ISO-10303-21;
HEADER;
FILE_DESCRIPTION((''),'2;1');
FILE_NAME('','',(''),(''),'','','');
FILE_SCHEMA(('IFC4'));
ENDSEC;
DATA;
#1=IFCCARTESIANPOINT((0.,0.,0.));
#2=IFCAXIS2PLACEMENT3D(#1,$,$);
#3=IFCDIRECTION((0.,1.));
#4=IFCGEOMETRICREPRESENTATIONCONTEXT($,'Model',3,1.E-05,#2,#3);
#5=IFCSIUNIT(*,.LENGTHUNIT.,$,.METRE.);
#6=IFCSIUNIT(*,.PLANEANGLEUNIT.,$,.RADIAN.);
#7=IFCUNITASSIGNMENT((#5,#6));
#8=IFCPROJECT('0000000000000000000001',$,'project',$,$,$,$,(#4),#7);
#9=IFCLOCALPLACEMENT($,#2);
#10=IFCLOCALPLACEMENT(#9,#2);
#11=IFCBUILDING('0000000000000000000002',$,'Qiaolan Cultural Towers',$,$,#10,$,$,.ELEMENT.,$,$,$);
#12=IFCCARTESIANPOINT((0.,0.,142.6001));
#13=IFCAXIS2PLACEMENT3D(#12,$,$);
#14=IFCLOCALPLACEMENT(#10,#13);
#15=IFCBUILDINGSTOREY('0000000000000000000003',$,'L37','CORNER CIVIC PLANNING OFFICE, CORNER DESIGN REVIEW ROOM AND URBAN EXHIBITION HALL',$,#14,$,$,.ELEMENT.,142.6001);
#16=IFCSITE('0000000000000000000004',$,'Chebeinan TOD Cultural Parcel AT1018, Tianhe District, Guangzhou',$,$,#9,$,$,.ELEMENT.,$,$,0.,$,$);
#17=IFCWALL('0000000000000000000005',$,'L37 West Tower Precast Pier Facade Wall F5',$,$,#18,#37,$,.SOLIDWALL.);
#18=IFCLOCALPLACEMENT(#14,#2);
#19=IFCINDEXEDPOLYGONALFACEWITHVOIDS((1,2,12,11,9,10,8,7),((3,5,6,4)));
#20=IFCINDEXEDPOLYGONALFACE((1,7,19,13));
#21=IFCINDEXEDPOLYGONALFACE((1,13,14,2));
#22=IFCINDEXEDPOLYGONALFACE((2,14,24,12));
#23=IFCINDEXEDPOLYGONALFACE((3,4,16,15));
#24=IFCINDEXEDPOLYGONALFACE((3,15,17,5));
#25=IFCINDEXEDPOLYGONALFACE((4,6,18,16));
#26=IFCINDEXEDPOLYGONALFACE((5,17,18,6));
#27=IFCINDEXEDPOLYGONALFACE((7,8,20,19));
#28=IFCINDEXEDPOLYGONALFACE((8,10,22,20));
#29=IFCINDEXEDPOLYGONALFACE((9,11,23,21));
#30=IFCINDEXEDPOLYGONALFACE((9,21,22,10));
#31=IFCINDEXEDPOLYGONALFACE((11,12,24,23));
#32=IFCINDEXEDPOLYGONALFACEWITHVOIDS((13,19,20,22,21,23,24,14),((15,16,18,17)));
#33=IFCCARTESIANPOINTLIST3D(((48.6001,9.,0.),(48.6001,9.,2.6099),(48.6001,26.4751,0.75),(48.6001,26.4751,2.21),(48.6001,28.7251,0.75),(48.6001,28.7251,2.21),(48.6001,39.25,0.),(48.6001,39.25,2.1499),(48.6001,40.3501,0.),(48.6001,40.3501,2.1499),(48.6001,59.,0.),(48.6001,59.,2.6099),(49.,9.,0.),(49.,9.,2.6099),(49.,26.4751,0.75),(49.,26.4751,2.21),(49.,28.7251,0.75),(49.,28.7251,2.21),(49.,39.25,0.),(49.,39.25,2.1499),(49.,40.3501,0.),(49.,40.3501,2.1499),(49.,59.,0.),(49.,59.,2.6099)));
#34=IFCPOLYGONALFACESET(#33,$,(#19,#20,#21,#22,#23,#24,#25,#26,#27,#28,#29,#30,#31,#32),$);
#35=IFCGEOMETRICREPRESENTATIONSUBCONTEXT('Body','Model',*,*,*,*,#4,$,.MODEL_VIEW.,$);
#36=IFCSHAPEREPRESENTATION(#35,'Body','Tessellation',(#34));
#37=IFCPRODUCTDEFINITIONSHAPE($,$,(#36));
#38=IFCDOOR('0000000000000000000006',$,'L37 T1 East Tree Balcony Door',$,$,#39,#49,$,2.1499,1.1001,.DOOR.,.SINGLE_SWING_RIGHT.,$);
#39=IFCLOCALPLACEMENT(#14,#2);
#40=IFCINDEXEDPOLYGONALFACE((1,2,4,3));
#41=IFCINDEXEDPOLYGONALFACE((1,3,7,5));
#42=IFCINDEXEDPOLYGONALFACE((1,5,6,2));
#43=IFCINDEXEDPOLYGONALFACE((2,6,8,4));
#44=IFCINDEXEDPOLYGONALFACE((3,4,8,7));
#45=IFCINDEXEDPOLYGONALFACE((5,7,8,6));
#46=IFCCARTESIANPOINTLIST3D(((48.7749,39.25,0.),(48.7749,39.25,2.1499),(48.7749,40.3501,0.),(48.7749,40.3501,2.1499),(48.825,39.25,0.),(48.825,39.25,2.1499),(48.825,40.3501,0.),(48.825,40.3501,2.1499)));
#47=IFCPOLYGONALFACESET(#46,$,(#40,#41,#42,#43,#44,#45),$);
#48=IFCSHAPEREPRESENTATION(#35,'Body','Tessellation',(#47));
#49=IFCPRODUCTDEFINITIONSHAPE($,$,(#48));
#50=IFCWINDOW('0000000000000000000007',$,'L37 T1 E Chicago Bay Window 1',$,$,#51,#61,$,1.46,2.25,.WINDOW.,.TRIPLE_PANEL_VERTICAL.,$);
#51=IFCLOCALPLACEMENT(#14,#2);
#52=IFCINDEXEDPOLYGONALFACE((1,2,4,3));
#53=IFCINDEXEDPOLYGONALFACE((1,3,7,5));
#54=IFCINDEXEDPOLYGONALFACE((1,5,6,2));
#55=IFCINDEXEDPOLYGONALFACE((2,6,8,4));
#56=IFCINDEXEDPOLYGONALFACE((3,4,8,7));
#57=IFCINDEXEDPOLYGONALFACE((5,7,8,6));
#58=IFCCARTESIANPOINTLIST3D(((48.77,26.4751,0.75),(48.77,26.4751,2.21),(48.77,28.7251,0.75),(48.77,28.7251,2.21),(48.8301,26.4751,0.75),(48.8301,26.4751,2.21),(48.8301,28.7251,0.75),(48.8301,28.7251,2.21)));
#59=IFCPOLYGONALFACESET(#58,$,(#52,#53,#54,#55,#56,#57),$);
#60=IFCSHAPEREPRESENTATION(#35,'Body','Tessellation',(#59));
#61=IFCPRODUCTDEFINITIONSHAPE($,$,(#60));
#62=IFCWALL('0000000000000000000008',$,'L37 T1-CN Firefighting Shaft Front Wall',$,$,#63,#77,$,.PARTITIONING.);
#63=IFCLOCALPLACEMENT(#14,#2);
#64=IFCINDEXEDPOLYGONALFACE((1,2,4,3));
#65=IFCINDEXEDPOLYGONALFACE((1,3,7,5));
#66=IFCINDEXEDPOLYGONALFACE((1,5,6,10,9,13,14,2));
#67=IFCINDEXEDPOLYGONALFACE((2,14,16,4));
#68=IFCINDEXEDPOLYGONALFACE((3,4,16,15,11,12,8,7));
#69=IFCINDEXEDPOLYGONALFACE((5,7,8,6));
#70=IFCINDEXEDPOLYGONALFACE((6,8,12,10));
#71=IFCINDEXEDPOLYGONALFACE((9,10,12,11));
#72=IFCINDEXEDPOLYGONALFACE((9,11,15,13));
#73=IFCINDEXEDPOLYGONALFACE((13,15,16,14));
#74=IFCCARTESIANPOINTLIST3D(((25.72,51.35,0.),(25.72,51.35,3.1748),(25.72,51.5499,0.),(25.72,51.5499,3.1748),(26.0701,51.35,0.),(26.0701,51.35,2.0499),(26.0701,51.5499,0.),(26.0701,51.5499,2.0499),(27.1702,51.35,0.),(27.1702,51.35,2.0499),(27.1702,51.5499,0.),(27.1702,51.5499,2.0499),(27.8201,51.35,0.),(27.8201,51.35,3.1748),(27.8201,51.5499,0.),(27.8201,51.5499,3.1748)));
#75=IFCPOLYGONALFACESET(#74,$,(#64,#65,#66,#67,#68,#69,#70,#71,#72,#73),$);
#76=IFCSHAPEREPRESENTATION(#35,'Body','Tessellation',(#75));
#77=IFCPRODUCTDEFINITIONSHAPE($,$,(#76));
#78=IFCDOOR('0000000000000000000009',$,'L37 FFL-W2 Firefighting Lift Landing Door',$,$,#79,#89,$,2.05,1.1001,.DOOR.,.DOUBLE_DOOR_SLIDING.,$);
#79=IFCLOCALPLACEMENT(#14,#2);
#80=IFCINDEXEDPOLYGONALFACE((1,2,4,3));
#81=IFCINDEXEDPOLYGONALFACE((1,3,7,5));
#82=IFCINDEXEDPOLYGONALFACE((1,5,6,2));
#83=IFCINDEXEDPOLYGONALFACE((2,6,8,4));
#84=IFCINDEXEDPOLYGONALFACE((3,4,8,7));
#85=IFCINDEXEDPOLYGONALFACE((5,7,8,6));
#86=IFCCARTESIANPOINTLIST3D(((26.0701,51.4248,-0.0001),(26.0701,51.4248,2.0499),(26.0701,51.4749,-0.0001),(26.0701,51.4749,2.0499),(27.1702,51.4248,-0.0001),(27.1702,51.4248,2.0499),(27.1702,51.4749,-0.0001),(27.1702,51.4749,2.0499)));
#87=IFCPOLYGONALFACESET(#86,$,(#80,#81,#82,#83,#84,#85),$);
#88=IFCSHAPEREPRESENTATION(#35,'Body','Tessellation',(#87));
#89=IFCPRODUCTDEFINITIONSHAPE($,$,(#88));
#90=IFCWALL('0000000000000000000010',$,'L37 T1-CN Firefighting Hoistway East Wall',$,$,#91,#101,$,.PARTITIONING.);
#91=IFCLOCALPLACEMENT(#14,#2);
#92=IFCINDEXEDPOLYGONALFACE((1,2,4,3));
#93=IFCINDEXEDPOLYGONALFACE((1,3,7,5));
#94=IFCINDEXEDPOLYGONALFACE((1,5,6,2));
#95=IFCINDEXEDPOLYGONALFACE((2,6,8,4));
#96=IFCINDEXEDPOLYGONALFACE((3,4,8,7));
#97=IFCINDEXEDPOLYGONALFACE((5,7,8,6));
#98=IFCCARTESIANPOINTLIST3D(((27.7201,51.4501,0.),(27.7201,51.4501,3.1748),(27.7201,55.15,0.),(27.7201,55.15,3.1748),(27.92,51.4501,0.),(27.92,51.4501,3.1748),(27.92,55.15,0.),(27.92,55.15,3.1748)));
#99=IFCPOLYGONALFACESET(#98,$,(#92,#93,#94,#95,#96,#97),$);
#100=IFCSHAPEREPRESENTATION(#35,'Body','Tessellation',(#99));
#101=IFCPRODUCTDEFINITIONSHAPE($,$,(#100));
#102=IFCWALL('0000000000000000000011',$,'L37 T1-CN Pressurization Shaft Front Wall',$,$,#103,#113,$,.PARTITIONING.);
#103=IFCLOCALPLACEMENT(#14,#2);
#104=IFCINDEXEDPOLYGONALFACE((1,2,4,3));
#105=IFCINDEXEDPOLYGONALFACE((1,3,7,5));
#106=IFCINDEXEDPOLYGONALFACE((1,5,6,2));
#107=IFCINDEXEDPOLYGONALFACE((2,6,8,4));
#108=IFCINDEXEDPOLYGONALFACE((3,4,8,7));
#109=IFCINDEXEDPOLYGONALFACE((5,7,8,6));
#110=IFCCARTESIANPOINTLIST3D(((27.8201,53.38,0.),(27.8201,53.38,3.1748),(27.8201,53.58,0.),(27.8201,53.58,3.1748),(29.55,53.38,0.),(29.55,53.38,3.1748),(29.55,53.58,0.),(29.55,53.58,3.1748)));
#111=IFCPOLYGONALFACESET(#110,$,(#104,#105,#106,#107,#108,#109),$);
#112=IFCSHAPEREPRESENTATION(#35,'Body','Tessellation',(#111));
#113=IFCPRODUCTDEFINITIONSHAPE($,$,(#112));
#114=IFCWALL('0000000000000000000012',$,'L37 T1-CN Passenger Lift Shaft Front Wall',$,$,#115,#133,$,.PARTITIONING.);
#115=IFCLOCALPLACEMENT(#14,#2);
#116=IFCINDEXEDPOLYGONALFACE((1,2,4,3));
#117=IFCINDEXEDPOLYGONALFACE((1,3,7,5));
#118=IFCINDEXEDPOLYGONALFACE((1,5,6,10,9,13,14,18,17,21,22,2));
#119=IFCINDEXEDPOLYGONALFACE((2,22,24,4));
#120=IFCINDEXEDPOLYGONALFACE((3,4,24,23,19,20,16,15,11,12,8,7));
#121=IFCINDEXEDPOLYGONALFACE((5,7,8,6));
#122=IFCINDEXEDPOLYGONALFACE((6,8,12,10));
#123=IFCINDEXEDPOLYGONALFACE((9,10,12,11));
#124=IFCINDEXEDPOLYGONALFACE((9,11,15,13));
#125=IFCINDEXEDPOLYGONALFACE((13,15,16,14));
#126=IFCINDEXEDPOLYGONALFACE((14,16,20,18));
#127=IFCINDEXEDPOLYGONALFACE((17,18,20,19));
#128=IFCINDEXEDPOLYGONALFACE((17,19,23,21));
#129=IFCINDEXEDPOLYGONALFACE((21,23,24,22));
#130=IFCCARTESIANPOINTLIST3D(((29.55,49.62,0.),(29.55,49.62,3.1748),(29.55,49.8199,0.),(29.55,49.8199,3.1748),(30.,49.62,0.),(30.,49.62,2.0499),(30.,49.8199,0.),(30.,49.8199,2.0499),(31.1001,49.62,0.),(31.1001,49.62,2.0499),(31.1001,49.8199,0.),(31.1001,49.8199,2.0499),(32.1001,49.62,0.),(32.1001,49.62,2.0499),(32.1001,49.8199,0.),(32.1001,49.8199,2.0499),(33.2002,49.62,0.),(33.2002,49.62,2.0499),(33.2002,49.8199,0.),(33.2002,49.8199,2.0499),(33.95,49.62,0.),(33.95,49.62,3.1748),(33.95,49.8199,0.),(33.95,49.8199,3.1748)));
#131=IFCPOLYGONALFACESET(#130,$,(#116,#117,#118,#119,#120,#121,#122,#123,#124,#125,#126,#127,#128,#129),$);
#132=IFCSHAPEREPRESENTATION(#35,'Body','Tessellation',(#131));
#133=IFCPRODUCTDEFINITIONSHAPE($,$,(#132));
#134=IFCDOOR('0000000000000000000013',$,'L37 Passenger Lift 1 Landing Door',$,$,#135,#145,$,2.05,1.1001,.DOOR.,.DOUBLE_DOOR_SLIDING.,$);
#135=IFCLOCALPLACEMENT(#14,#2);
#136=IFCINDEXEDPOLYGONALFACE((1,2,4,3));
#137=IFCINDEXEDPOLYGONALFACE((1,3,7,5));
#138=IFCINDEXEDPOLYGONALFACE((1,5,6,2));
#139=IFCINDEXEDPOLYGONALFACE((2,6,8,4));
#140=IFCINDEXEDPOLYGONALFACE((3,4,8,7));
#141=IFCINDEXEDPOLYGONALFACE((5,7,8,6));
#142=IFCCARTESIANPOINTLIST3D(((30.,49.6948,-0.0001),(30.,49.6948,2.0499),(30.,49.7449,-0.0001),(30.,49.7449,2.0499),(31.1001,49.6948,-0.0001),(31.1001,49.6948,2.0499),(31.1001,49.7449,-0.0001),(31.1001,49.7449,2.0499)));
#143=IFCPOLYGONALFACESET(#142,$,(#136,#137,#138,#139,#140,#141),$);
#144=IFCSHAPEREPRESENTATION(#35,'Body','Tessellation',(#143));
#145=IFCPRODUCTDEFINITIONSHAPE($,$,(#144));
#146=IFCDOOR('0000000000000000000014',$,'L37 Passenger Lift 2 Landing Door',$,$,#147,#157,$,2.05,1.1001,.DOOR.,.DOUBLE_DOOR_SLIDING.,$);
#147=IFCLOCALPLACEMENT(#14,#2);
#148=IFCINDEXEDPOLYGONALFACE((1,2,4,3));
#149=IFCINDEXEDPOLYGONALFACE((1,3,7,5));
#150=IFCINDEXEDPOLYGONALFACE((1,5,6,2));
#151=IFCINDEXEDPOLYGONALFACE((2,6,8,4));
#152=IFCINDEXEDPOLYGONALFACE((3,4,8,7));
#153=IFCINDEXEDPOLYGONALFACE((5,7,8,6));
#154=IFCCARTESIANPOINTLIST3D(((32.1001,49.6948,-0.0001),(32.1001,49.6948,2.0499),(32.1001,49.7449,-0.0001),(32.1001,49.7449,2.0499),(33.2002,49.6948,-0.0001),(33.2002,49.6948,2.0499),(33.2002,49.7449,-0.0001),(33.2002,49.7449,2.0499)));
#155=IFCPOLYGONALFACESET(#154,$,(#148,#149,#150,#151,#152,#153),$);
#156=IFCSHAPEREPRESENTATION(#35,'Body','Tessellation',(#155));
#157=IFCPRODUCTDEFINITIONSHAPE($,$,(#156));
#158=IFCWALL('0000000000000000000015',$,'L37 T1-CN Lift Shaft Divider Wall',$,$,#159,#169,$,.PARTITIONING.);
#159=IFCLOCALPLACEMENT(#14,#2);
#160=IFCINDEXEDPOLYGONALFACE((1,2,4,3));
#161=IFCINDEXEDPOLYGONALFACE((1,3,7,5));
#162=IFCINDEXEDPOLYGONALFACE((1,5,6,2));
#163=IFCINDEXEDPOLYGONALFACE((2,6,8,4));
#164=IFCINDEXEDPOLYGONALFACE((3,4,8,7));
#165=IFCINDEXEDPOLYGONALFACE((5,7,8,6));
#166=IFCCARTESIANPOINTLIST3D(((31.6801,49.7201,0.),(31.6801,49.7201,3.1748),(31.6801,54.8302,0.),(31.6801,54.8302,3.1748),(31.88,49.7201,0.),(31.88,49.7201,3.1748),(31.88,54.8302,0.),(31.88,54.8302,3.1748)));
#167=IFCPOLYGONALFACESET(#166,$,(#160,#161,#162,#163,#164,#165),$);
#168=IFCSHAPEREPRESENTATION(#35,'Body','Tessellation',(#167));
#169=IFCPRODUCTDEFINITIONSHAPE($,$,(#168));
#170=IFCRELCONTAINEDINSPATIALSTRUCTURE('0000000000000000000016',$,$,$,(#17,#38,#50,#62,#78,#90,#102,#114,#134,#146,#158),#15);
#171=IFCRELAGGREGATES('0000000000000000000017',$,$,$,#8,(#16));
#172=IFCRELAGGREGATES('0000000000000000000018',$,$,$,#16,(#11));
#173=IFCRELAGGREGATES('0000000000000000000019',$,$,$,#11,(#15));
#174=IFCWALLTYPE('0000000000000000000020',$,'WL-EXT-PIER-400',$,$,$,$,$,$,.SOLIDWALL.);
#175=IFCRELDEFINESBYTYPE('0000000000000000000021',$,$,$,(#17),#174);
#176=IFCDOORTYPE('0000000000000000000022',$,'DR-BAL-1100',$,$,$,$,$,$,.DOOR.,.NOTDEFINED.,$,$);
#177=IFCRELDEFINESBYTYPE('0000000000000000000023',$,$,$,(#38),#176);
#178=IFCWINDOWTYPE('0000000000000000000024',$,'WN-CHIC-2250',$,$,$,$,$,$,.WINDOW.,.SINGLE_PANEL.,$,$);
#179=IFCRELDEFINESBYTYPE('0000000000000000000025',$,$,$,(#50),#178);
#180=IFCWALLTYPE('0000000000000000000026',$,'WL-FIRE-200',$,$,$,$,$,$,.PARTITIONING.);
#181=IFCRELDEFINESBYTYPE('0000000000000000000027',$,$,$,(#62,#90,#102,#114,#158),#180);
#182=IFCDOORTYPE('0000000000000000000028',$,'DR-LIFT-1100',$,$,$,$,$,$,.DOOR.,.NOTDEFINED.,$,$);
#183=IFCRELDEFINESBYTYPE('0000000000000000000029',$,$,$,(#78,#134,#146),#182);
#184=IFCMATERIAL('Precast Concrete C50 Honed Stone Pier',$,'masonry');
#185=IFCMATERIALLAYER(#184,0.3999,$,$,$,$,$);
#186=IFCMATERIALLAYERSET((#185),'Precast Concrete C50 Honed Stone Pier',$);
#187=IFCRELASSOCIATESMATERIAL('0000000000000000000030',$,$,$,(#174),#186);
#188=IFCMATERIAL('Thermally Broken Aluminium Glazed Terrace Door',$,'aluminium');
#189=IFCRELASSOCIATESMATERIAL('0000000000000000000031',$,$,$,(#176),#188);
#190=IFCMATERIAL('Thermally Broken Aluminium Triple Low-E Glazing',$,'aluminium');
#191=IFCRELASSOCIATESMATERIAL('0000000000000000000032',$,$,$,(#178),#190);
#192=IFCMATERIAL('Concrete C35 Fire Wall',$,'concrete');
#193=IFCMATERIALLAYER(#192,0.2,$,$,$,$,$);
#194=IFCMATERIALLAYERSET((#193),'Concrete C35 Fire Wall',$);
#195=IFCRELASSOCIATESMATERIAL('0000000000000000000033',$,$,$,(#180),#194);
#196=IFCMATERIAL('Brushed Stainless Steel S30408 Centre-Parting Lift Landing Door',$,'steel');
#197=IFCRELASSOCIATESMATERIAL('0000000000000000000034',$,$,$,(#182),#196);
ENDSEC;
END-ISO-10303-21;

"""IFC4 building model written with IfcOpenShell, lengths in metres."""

from ifc_helpers import new_model, si_unit, direction, frame, frame_2d, origin, place, context, subcontext, project, spatial, rectangle, extrude, material, layer, layer_set, type_object, element, fill, save


model = new_model("IFC4")

# Units and contexts
model_context = context("Model", 3, precision=1e-05, world=origin(), true_north=direction((0.0, 1.0)))
body_context = subcontext(model_context, "Body", "Model", "MODEL_VIEW")
ifc_project = project(units=[si_unit("LENGTHUNIT", "METRE"), si_unit("PLANEANGLEUNIT", "RADIAN")], contexts=[model_context])

# Site, building, storey
site_placement = place(None, origin())
site = spatial("IfcSite", under=ifc_project, at=site_placement, Name="Chebeinan TOD Cultural Parcel AT1018, Tianhe District, Guangzhou", CompositionType="ELEMENT", RefElevation=0.0)
building_placement = place(site_placement, origin())
building = spatial("IfcBuilding", under=site, at=building_placement, Name="Qiaolan Cultural Towers", CompositionType="ELEMENT")
storey_placement = place(building_placement, frame((0.0, 0.0, 142.6001)))
storey = spatial("IfcBuildingStorey", under=building, at=storey_placement, Name="L37", Description="CORNER CIVIC PLANNING OFFICE, CORNER DESIGN REVIEW ROOM AND URBAN EXHIBITION HALL", CompositionType="ELEMENT", Elevation=142.6001)

# Shared definitions
ifc_material_1 = material(Name="Precast Concrete C50 Honed Stone Pier", Category="masonry")
ifc_layer_1 = layer(ifc_material_1, 0.3999)
ifc_layer_set_1 = layer_set([ifc_layer_1], Name="Precast Concrete C50 Honed Stone Pier")
wall_type_1 = type_object("IfcWallType", Name="WL-EXT-PIER-400", PredefinedType="SOLIDWALL", material=ifc_layer_set_1)

# Wall, openings, door, window
wall_1_placement = place(storey_placement, frame((48.8, 59.0, 0.0), z_axis=(0.0, 0.0, 1.0), x_axis=(0.0, -1.0, 0.0)))
wall_1 = element("IfcWall", 1, at=wall_1_placement, inside=storey, type_object=wall_type_1, Name="L37 West Tower Precast Pier Facade Wall F5", PredefinedType="SOLIDWALL", context=body_context, shape_type="SweptSolid", body=[
    extrude(rectangle(XDim=50.0, YDim=0.3999, at=frame_2d((25.0, 0.0))), origin(), (0.0, 0.0, 1.0), 2.6099),
])
opening_1_placement = place(wall_1_placement, frame((30.2749, 0.0, 0.75)))
opening_1 = element("IfcOpeningElement", 2, at=opening_1_placement, cuts=wall_1, PredefinedType="OPENING", context=body_context, shape_type="SweptSolid", body=[
    extrude(rectangle(XDim=2.25, YDim=1.46, at=frame_2d((1.125, 0.73))), frame((0.0, 0.21, 0.0), z_axis=(0.0, -1.0, 0.0), x_axis=(1.0, 0.0, 0.0)), (0.0, 0.0, 1.0), 0.4199),
])
opening_2_placement = place(wall_1_placement, frame((18.6499, 0.0, 0.0)))
opening_2 = element("IfcOpeningElement", 3, at=opening_2_placement, cuts=wall_1, PredefinedType="OPENING", context=body_context, shape_type="SweptSolid", body=[
    extrude(rectangle(XDim=1.1001, YDim=2.1499, at=frame_2d((0.55, 1.075))), frame((0.0, 0.21, 0.0), z_axis=(0.0, -1.0, 0.0), x_axis=(1.0, 0.0, 0.0)), (0.0, 0.0, 1.0), 0.4199),
])
ifc_material_2 = material(Name="Thermally Broken Aluminium Glazed Terrace Door", Category="aluminium")
door_type_1 = type_object("IfcDoorType", Name="DR-BAL-1100", OperationType="NOTDEFINED", PredefinedType="DOOR", material=ifc_material_2)
door_1_placement = place(opening_2_placement, origin())
door_1 = element("IfcDoor", 4, at=door_1_placement, inside=storey, type_object=door_type_1, Name="L37 T1 East Tree Balcony Door", OperationType="SINGLE_SWING_RIGHT", OverallHeight=2.1499, OverallWidth=1.1001, PredefinedType="DOOR", context=body_context, shape_type="SweptSolid", body=[
    extrude(rectangle(XDim=1.1001, YDim=2.1499, at=frame_2d((0.55, 1.075))), frame((0.0, 0.0249, 0.0), z_axis=(0.0, -1.0, 0.0), x_axis=(1.0, 0.0, 0.0)), (0.0, 0.0, 1.0), 0.05),
])
fill(opening_2, door_1)
ifc_material_3 = material(Name="Thermally Broken Aluminium Triple Low-E Glazing", Category="aluminium")
window_type = type_object("IfcWindowType", Name="WN-CHIC-2250", PartitioningType="SINGLE_PANEL", PredefinedType="WINDOW", material=ifc_material_3)
window_placement = place(opening_1_placement, origin())
window = element("IfcWindow", 5, at=window_placement, inside=storey, type_object=window_type, Name="L37 T1 E Chicago Bay Window 1", OverallHeight=1.46, OverallWidth=2.25, PartitioningType="TRIPLE_PANEL_VERTICAL", PredefinedType="WINDOW", context=body_context, shape_type="SweptSolid", body=[
    extrude(rectangle(XDim=2.25, YDim=1.46, at=frame_2d((1.125, 0.73))), frame((0.0, 0.03, 0.0), z_axis=(0.0, -1.0, 0.0), x_axis=(1.0, 0.0, 0.0)), (0.0, 0.0, 1.0), 0.0601),
])
fill(opening_1, window)

# Wall, opening, door
ifc_material_4 = material(Name="Concrete C35 Fire Wall", Category="concrete")
ifc_layer_2 = layer(ifc_material_4, 0.2)
ifc_layer_set_2 = layer_set([ifc_layer_2], Name="Concrete C35 Fire Wall")
wall_type_2 = type_object("IfcWallType", Name="WL-FIRE-200", PredefinedType="PARTITIONING", material=ifc_layer_set_2)
wall_2_placement = place(storey_placement, frame((25.72, 51.45, 0.0), z_axis=(0.0, 0.0, 1.0), x_axis=(1.0, 0.0, 0.0)))
wall_2 = element("IfcWall", 6, at=wall_2_placement, inside=storey, type_object=wall_type_2, Name="L37 T1-CN Firefighting Shaft Front Wall", PredefinedType="PARTITIONING", context=body_context, shape_type="SweptSolid", body=[
    extrude(rectangle(XDim=2.1001, YDim=0.2, at=frame_2d((1.05, 0.0))), origin(), (0.0, 0.0, 1.0), 3.1748),
])
opening_3_placement = place(wall_2_placement, frame((0.3501, 0.0, 0.0)))
opening_3 = element("IfcOpeningElement", 7, at=opening_3_placement, cuts=wall_2, PredefinedType="OPENING", context=body_context, shape_type="SweptSolid", body=[
    extrude(rectangle(XDim=1.1001, YDim=2.05, at=frame_2d((0.55, 1.0249))), frame((0.0, 0.1099, 0.0), z_axis=(0.0, -1.0, 0.0), x_axis=(1.0, 0.0, 0.0)), (0.0, 0.0, 1.0), 0.22),
])
ifc_material_5 = material(Name="Brushed Stainless Steel S30408 Centre-Parting Lift Landing Door", Category="steel")
door_type_2 = type_object("IfcDoorType", Name="DR-LIFT-1100", OperationType="NOTDEFINED", PredefinedType="DOOR", material=ifc_material_5)
door_2_placement = place(opening_3_placement, origin())
door_2 = element("IfcDoor", 8, at=door_2_placement, inside=storey, type_object=door_type_2, Name="L37 FFL-W2 Firefighting Lift Landing Door", OperationType="DOUBLE_DOOR_SLIDING", OverallHeight=2.05, OverallWidth=1.1001, PredefinedType="DOOR", context=body_context, shape_type="SweptSolid", body=[
    extrude(rectangle(XDim=1.1001, YDim=2.05, at=frame_2d((0.55, 1.0249))), frame((0.0, 0.0249, 0.0), z_axis=(0.0, -1.0, 0.0), x_axis=(1.0, 0.0, 0.0)), (0.0, 0.0, 1.0), 0.05),
])
fill(opening_3, door_2)

# Walls
wall_3_placement = place(storey_placement, frame((27.8201, 51.45, 0.0), z_axis=(0.0, 0.0, 1.0), x_axis=(0.0, 1.0, 0.0)))
element("IfcWall", 9, at=wall_3_placement, inside=storey, type_object=wall_type_2, Name="L37 T1-CN Firefighting Hoistway East Wall", PredefinedType="PARTITIONING", context=body_context, shape_type="SweptSolid", body=[
    extrude(rectangle(XDim=3.7, YDim=0.2, at=frame_2d((1.8501, 0.0))), origin(), (0.0, 0.0, 1.0), 3.1748),
])
wall_4_placement = place(storey_placement, frame((27.8201, 53.48, 0.0), z_axis=(0.0, 0.0, 1.0), x_axis=(1.0, 0.0, 0.0)))
element("IfcWall", 10, at=wall_4_placement, inside=storey, type_object=wall_type_2, Name="L37 T1-CN Pressurization Shaft Front Wall", PredefinedType="PARTITIONING", context=body_context, shape_type="SweptSolid", body=[
    extrude(rectangle(XDim=1.73, YDim=0.2, at=frame_2d((0.865, 0.0))), origin(), (0.0, 0.0, 1.0), 3.1748),
])

# Wall, openings, doors
wall_5_placement = place(storey_placement, frame((29.55, 49.72, 0.0), z_axis=(0.0, 0.0, 1.0), x_axis=(1.0, 0.0, 0.0)))
wall_5 = element("IfcWall", 11, at=wall_5_placement, inside=storey, type_object=wall_type_2, Name="L37 T1-CN Passenger Lift Shaft Front Wall", PredefinedType="PARTITIONING", context=body_context, shape_type="SweptSolid", body=[
    extrude(rectangle(XDim=4.3999, YDim=0.2, at=frame_2d((2.2, 0.0))), origin(), (0.0, 0.0, 1.0), 3.1748),
])
opening_4_placement = place(wall_5_placement, frame((0.45, 0.0, 0.0)))
opening_4 = element("IfcOpeningElement", 12, at=opening_4_placement, cuts=wall_5, PredefinedType="OPENING", context=body_context, shape_type="SweptSolid", body=[
    extrude(rectangle(XDim=1.1001, YDim=2.05, at=frame_2d((0.55, 1.0249))), frame((0.0, 0.1099, 0.0), z_axis=(0.0, -1.0, 0.0), x_axis=(1.0, 0.0, 0.0)), (0.0, 0.0, 1.0), 0.22),
])
opening_5_placement = place(wall_5_placement, frame((2.55, 0.0, 0.0)))
opening_5 = element("IfcOpeningElement", 13, at=opening_5_placement, cuts=wall_5, PredefinedType="OPENING", context=body_context, shape_type="SweptSolid", body=[
    extrude(rectangle(XDim=1.1001, YDim=2.05, at=frame_2d((0.55, 1.0249))), frame((0.0, 0.1099, 0.0), z_axis=(0.0, -1.0, 0.0), x_axis=(1.0, 0.0, 0.0)), (0.0, 0.0, 1.0), 0.22),
])
door_3_placement = place(opening_4_placement, origin())
door_3 = element("IfcDoor", 14, at=door_3_placement, inside=storey, type_object=door_type_2, Name="L37 Passenger Lift 1 Landing Door", OperationType="DOUBLE_DOOR_SLIDING", OverallHeight=2.05, OverallWidth=1.1001, PredefinedType="DOOR", context=body_context, shape_type="SweptSolid", body=[
    extrude(rectangle(XDim=1.1001, YDim=2.05, at=frame_2d((0.55, 1.0249))), frame((0.0, 0.0249, 0.0), z_axis=(0.0, -1.0, 0.0), x_axis=(1.0, 0.0, 0.0)), (0.0, 0.0, 1.0), 0.05),
])
fill(opening_4, door_3)
door_4_placement = place(opening_5_placement, origin())
door_4 = element("IfcDoor", 15, at=door_4_placement, inside=storey, type_object=door_type_2, Name="L37 Passenger Lift 2 Landing Door", OperationType="DOUBLE_DOOR_SLIDING", OverallHeight=2.05, OverallWidth=1.1001, PredefinedType="DOOR", context=body_context, shape_type="SweptSolid", body=[
    extrude(rectangle(XDim=1.1001, YDim=2.05, at=frame_2d((0.55, 1.0249))), frame((0.0, 0.0249, 0.0), z_axis=(0.0, -1.0, 0.0), x_axis=(1.0, 0.0, 0.0)), (0.0, 0.0, 1.0), 0.05),
])
fill(opening_5, door_4)

# Wall
wall_6_placement = place(storey_placement, frame((31.78, 49.72, 0.0), z_axis=(0.0, 0.0, 1.0), x_axis=(0.0, 1.0, 0.0)))
element("IfcWall", 16, at=wall_6_placement, inside=storey, type_object=wall_type_2, Name="L37 T1-CN Lift Shaft Divider Wall", PredefinedType="PARTITIONING", context=body_context, shape_type="SweptSolid", body=[
    extrude(rectangle(XDim=5.1101, YDim=0.2, at=frame_2d((2.5552, 0.0))), origin(), (0.0, 0.0, 1.0), 3.1748),
])

save(model, "model.ifc")
